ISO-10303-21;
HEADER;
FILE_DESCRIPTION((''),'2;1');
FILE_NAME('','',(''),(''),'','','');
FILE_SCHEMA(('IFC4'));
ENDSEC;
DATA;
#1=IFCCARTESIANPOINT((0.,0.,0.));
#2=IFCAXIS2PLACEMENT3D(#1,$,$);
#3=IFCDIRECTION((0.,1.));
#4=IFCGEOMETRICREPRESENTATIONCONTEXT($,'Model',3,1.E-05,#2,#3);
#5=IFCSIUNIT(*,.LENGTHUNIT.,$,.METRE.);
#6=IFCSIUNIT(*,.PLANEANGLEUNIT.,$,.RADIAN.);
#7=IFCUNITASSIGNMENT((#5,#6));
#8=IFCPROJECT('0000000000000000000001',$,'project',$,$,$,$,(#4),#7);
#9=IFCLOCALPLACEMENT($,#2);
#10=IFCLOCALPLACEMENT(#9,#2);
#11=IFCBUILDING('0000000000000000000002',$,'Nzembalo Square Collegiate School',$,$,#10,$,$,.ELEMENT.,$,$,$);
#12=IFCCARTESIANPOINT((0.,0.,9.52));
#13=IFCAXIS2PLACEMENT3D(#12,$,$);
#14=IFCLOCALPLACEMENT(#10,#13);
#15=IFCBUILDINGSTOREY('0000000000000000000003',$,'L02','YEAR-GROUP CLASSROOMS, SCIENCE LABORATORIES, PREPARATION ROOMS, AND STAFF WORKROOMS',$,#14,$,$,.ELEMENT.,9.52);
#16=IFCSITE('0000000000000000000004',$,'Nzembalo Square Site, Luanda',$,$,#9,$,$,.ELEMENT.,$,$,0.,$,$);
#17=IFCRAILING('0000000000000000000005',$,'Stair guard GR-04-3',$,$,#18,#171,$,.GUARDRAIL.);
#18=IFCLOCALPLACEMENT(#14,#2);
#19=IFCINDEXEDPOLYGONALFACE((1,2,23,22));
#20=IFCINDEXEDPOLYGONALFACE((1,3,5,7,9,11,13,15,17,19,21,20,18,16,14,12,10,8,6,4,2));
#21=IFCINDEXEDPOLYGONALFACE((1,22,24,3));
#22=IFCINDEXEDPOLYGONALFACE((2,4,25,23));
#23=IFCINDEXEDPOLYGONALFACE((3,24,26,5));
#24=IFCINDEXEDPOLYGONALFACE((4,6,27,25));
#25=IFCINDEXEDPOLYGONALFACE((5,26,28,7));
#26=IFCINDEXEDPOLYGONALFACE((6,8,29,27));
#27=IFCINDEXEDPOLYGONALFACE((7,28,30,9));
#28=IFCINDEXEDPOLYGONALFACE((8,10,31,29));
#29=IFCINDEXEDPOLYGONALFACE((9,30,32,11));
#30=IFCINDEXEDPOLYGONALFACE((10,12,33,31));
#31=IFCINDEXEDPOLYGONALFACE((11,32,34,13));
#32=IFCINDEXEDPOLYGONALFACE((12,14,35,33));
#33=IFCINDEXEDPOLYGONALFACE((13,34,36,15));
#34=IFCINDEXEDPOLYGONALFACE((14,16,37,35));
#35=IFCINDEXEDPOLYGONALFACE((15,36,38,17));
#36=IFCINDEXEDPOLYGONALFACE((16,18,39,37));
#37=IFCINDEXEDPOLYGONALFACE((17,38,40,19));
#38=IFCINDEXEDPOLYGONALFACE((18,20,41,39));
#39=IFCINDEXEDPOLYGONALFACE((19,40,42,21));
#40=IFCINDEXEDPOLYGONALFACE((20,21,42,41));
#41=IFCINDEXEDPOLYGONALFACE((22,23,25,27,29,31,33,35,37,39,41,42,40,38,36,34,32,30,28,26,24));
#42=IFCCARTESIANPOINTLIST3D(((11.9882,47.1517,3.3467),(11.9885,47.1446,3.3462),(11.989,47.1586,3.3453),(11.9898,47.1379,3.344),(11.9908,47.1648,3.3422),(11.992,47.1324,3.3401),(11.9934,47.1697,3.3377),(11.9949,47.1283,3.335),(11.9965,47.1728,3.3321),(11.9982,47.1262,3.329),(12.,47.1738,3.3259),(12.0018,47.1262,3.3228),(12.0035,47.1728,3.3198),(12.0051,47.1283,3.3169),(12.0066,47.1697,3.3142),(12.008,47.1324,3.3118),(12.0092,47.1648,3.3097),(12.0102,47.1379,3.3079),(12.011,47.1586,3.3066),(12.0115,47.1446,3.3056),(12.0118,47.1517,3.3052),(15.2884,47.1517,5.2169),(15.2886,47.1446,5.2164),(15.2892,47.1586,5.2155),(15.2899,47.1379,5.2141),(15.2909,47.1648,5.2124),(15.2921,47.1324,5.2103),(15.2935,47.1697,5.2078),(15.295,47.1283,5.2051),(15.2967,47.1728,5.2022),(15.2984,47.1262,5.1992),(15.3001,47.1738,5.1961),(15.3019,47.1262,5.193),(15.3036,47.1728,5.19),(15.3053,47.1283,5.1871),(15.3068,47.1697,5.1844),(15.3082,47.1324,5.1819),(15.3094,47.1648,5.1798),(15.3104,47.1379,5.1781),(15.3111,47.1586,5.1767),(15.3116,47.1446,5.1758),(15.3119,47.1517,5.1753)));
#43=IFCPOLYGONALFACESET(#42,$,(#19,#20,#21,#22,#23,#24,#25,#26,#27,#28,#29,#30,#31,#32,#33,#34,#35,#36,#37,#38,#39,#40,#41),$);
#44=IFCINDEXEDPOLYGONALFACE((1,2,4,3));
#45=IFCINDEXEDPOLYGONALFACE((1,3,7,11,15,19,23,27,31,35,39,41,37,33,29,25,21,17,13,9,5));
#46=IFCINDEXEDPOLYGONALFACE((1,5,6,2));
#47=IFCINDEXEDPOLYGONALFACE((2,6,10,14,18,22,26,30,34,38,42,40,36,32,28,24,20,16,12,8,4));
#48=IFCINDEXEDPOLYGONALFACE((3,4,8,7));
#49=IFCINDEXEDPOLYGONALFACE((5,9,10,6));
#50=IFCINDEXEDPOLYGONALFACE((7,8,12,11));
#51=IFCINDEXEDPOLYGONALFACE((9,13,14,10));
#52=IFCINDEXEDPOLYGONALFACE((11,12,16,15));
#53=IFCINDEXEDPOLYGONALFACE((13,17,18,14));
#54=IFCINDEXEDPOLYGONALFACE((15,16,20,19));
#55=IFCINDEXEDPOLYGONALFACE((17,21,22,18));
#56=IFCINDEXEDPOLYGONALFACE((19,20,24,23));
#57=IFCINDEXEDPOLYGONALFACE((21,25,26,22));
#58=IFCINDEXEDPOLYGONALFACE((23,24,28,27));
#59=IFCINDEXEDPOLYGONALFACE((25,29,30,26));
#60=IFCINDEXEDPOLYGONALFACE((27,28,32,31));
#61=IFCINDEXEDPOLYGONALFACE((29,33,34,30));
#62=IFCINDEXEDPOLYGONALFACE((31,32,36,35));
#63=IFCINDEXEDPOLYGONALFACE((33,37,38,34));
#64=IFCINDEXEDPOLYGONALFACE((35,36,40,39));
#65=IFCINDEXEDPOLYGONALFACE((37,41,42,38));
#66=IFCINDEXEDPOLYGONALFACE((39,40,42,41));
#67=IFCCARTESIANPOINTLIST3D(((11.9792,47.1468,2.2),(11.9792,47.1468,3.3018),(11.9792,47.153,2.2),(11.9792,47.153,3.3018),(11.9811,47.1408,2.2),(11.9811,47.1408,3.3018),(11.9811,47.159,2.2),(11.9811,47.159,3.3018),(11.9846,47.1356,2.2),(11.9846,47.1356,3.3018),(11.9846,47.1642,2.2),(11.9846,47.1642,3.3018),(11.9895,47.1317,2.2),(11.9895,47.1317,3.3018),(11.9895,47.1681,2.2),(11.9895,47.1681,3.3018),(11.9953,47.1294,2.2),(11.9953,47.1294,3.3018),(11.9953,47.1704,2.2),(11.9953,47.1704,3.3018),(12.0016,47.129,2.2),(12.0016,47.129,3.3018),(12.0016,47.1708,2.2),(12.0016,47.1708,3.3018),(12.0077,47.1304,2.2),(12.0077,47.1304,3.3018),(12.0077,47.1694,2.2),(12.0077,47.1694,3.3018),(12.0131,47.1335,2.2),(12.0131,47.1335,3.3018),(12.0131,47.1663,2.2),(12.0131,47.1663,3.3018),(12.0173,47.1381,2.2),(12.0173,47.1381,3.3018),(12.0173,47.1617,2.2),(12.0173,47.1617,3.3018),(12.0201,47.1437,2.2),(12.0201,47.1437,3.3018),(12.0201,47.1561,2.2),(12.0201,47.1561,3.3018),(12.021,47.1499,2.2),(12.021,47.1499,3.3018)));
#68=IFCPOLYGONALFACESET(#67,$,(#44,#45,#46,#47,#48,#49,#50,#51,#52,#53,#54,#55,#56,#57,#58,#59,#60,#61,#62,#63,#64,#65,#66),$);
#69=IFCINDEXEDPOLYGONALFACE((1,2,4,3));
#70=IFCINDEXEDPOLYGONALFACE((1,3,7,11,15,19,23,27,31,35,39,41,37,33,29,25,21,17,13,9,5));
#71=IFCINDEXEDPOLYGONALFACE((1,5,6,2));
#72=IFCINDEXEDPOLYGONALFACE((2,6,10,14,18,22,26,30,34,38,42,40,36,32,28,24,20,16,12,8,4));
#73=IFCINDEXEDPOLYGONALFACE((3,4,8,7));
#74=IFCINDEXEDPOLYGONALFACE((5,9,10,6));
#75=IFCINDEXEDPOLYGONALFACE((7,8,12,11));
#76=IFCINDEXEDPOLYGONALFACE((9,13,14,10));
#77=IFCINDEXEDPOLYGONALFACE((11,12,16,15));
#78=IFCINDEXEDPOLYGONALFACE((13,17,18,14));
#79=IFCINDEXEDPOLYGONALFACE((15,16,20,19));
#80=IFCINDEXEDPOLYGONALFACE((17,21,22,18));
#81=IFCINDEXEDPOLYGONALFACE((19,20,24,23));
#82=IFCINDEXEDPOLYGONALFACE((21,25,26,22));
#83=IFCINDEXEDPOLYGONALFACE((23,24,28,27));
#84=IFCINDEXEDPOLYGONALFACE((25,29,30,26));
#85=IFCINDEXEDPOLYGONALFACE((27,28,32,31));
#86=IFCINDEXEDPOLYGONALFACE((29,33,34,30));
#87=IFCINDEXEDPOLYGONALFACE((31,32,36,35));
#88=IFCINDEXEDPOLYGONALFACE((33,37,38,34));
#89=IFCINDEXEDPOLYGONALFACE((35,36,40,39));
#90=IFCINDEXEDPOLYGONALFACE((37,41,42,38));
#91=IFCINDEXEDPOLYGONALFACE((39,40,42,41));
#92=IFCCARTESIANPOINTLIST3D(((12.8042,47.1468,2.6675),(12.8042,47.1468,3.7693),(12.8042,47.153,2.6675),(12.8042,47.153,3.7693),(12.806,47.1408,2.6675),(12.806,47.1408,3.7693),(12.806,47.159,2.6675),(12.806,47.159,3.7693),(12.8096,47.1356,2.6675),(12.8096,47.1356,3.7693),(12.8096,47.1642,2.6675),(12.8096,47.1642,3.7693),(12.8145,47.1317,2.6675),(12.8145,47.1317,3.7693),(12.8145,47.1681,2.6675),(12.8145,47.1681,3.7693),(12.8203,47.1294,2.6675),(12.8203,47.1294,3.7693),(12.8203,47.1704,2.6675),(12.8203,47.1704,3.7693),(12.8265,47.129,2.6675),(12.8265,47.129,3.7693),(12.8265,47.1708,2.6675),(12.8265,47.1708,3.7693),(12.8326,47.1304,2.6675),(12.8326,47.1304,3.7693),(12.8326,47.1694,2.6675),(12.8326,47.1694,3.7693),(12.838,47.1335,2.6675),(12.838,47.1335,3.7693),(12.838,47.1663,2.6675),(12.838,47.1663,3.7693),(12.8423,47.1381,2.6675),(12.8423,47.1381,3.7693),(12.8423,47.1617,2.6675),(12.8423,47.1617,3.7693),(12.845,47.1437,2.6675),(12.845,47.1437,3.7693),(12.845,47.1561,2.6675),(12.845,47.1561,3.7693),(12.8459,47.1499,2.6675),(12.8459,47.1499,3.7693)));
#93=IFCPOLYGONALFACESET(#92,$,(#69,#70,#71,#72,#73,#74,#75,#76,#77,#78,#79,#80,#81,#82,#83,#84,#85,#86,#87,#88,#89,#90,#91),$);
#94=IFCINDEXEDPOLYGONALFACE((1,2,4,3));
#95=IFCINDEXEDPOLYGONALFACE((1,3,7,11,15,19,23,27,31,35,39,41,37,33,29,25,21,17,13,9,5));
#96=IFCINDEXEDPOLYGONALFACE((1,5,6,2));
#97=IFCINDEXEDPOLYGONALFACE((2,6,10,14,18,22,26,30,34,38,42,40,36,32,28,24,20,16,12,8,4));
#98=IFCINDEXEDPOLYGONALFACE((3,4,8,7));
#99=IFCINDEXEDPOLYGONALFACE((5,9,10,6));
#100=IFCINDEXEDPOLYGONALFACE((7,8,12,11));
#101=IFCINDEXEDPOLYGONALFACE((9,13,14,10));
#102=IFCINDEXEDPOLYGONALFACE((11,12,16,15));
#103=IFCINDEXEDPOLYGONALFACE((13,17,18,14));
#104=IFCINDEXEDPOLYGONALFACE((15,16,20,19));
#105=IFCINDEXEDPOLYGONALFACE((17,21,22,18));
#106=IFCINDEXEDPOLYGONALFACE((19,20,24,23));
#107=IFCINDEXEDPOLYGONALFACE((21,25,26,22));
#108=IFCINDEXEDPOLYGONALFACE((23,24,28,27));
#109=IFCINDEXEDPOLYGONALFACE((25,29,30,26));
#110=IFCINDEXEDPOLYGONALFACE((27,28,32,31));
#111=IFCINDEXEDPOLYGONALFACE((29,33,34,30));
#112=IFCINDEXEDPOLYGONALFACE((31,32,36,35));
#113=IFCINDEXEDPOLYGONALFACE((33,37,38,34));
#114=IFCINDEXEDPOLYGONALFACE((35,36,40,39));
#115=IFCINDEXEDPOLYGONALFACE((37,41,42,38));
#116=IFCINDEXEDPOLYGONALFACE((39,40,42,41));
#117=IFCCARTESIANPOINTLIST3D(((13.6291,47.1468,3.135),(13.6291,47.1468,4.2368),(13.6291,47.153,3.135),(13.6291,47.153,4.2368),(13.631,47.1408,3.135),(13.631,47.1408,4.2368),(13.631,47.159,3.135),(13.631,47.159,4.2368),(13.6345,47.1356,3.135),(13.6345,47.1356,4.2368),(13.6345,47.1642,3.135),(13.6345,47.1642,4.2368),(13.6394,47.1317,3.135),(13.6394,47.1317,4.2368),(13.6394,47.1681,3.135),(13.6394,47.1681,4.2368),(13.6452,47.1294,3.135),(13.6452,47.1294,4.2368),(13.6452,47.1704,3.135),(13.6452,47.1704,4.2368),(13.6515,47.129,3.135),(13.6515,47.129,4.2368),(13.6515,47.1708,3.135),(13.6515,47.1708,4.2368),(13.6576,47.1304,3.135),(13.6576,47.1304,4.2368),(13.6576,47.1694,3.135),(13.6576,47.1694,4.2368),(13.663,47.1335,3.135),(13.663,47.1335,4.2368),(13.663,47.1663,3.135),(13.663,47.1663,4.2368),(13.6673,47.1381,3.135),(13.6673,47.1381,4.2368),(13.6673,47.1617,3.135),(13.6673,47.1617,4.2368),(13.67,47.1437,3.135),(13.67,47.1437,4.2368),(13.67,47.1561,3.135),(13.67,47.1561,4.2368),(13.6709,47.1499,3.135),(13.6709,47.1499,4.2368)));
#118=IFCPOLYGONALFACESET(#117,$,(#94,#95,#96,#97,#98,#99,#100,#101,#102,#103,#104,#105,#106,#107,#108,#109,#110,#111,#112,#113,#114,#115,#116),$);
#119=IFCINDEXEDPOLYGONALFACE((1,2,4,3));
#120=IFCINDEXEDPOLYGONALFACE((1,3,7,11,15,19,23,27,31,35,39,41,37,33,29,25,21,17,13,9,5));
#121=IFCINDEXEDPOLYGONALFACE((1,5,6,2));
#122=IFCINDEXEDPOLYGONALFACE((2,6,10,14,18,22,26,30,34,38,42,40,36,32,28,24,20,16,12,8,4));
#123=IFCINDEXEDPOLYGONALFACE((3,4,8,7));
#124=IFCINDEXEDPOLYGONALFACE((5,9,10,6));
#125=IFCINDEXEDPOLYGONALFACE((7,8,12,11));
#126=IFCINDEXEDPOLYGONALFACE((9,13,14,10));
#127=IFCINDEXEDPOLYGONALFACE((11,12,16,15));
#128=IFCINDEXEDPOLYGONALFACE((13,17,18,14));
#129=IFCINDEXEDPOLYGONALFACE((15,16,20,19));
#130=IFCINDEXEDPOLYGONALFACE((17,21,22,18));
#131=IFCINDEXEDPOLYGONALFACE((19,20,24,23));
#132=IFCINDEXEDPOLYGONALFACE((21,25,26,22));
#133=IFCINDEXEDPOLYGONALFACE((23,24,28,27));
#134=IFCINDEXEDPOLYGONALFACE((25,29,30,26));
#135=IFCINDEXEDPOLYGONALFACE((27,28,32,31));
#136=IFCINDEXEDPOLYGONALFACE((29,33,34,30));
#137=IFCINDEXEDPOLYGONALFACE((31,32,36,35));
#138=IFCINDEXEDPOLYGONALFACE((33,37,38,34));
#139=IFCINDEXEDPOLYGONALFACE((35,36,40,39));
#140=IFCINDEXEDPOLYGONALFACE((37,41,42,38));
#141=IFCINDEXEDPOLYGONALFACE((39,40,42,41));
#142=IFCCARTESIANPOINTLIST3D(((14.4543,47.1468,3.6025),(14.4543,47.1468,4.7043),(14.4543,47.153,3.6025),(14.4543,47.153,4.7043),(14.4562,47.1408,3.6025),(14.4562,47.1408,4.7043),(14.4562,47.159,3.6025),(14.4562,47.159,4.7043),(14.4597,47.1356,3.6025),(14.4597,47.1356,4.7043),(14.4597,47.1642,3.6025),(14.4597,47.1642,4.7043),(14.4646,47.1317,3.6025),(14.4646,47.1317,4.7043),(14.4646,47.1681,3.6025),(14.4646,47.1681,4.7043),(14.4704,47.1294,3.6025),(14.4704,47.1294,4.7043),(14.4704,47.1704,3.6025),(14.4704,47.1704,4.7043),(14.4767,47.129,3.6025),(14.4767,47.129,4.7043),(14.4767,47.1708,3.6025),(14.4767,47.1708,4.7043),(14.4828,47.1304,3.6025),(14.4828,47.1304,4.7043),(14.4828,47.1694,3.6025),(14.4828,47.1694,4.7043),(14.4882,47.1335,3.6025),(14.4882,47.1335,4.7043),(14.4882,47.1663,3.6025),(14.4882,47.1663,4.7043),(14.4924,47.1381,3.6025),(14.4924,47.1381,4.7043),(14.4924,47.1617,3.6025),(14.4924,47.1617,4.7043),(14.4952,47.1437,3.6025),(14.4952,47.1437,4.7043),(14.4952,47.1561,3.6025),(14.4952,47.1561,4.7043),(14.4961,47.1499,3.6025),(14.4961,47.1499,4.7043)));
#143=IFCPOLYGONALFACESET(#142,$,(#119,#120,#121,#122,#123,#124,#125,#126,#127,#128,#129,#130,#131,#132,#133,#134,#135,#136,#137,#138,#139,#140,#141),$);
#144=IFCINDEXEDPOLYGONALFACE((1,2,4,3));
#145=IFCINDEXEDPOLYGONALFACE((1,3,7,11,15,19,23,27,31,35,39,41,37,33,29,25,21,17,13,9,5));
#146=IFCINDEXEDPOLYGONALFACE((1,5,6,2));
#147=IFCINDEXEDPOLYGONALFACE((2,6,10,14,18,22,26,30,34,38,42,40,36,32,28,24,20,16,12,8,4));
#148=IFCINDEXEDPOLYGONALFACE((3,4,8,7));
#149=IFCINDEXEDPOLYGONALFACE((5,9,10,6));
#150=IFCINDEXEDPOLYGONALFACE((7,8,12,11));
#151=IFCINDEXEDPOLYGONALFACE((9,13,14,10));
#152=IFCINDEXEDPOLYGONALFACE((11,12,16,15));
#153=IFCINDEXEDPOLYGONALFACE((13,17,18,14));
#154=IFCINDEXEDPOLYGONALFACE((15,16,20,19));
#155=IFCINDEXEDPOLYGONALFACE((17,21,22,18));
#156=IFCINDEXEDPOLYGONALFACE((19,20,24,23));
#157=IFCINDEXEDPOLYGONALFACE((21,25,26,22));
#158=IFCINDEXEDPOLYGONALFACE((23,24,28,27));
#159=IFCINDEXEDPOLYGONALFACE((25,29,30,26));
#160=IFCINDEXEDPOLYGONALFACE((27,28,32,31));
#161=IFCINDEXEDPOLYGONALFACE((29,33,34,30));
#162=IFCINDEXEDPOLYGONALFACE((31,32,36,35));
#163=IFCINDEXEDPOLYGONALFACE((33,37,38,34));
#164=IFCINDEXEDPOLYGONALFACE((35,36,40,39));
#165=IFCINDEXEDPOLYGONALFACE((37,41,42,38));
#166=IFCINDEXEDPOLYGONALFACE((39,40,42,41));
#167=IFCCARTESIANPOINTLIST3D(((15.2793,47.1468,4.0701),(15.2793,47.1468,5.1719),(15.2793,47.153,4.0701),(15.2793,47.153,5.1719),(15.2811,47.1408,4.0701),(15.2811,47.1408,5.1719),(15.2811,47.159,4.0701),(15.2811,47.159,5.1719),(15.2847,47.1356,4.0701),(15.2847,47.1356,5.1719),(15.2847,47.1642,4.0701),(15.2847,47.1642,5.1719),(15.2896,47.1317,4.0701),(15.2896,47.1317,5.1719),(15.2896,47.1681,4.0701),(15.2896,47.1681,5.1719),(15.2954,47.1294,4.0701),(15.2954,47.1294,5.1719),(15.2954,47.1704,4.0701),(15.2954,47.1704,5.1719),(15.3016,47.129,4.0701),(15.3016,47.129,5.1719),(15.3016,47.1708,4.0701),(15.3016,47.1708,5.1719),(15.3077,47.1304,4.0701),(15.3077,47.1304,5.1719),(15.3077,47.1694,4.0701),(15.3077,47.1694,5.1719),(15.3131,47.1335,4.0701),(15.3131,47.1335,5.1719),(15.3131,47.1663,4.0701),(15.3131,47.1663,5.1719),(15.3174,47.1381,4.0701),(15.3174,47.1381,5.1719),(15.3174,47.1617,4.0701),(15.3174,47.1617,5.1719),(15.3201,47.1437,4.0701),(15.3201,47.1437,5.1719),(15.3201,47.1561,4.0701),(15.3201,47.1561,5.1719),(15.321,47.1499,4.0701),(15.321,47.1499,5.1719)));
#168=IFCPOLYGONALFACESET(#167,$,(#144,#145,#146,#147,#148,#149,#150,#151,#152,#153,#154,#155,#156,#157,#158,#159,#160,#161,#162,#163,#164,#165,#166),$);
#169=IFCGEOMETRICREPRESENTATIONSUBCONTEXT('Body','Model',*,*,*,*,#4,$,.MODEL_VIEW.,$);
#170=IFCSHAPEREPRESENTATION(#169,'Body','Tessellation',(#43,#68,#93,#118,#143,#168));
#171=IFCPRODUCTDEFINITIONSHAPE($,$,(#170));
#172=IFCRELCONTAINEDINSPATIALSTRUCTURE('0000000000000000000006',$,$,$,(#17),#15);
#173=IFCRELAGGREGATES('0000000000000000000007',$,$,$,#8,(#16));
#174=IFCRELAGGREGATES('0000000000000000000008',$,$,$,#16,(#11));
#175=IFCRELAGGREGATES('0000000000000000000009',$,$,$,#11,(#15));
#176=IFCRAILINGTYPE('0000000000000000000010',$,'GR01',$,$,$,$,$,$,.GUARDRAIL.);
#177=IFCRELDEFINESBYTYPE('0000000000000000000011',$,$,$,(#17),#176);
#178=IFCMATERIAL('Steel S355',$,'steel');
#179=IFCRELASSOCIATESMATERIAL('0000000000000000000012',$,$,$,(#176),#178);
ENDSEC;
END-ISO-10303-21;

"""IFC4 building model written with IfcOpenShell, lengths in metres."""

from ifc_helpers import new_model, si_unit, direction, frame, origin, origin_2d, place, context, subcontext, project, spatial, circle, extrude, material, type_object, element, save


model = new_model("IFC4")

# Units and contexts
model_context = context("Model", 3, precision=1e-05, world=origin(), true_north=direction((0.0, 1.0)))
body_context = subcontext(model_context, "Body", "Model", "MODEL_VIEW")
ifc_project = project(units=[si_unit("LENGTHUNIT", "METRE"), si_unit("PLANEANGLEUNIT", "RADIAN")], contexts=[model_context])

# Site, building, storey
site_placement = place(None, origin())
site = spatial("IfcSite", under=ifc_project, at=site_placement, Name="Nzembalo Square Site, Luanda", CompositionType="ELEMENT", RefElevation=0.0)
building_placement = place(site_placement, origin())
building = spatial("IfcBuilding", under=site, at=building_placement, Name="Nzembalo Square Collegiate School", CompositionType="ELEMENT")
storey_placement = place(building_placement, frame((0.0, 0.0, 9.52)))
storey = spatial("IfcBuildingStorey", under=building, at=storey_placement, Name="L02", Description="YEAR-GROUP CLASSROOMS, SCIENCE LABORATORIES, PREPARATION ROOMS, AND STAFF WORKROOMS", CompositionType="ELEMENT", Elevation=9.52)

# Railing
ifc_material_1 = material(Name="Steel S355", Category="steel")
railing_type_1 = type_object("IfcRailingType", Name="GR01", PredefinedType="GUARDRAIL", material=ifc_material_1)
railing_1_placement = place(storey_placement, frame((12.0, 47.1499, 2.2)))
element("IfcRailing", 1, at=railing_1_placement, inside=storey, type_object=railing_type_1, Name="Stair guard GR-04-3", PredefinedType="GUARDRAIL", context=body_context, shape_type="SweptSolid", body=[
    extrude(circle(Radius=0.0239, at=origin_2d()), frame((0.0, 0.0, 1.126), z_axis=(0.870012, 0.0, 0.49303), x_axis=(0.0, 1.0, 0.0)), (0.0, 0.0, 1.0), 3.7932),
    extrude(circle(Radius=0.021, at=origin_2d()), origin(), (0.0, 0.0, 1.0), 1.1018),
    extrude(circle(Radius=0.021, at=origin_2d()), frame((0.825, 0.0, 0.4675)), (0.0, 0.0, 1.0), 1.1018),
    extrude(circle(Radius=0.021, at=origin_2d()), frame((1.6499, 0.0, 0.9351)), (0.0, 0.0, 1.0), 1.1018),
    extrude(circle(Radius=0.021, at=origin_2d()), frame((2.4751, 0.0, 1.4026)), (0.0, 0.0, 1.0), 1.1018),
    extrude(circle(Radius=0.021, at=origin_2d()), frame((3.3, 0.0, 1.8701)), (0.0, 0.0, 1.0), 1.1018),
])

save(model, "model.ifc")
